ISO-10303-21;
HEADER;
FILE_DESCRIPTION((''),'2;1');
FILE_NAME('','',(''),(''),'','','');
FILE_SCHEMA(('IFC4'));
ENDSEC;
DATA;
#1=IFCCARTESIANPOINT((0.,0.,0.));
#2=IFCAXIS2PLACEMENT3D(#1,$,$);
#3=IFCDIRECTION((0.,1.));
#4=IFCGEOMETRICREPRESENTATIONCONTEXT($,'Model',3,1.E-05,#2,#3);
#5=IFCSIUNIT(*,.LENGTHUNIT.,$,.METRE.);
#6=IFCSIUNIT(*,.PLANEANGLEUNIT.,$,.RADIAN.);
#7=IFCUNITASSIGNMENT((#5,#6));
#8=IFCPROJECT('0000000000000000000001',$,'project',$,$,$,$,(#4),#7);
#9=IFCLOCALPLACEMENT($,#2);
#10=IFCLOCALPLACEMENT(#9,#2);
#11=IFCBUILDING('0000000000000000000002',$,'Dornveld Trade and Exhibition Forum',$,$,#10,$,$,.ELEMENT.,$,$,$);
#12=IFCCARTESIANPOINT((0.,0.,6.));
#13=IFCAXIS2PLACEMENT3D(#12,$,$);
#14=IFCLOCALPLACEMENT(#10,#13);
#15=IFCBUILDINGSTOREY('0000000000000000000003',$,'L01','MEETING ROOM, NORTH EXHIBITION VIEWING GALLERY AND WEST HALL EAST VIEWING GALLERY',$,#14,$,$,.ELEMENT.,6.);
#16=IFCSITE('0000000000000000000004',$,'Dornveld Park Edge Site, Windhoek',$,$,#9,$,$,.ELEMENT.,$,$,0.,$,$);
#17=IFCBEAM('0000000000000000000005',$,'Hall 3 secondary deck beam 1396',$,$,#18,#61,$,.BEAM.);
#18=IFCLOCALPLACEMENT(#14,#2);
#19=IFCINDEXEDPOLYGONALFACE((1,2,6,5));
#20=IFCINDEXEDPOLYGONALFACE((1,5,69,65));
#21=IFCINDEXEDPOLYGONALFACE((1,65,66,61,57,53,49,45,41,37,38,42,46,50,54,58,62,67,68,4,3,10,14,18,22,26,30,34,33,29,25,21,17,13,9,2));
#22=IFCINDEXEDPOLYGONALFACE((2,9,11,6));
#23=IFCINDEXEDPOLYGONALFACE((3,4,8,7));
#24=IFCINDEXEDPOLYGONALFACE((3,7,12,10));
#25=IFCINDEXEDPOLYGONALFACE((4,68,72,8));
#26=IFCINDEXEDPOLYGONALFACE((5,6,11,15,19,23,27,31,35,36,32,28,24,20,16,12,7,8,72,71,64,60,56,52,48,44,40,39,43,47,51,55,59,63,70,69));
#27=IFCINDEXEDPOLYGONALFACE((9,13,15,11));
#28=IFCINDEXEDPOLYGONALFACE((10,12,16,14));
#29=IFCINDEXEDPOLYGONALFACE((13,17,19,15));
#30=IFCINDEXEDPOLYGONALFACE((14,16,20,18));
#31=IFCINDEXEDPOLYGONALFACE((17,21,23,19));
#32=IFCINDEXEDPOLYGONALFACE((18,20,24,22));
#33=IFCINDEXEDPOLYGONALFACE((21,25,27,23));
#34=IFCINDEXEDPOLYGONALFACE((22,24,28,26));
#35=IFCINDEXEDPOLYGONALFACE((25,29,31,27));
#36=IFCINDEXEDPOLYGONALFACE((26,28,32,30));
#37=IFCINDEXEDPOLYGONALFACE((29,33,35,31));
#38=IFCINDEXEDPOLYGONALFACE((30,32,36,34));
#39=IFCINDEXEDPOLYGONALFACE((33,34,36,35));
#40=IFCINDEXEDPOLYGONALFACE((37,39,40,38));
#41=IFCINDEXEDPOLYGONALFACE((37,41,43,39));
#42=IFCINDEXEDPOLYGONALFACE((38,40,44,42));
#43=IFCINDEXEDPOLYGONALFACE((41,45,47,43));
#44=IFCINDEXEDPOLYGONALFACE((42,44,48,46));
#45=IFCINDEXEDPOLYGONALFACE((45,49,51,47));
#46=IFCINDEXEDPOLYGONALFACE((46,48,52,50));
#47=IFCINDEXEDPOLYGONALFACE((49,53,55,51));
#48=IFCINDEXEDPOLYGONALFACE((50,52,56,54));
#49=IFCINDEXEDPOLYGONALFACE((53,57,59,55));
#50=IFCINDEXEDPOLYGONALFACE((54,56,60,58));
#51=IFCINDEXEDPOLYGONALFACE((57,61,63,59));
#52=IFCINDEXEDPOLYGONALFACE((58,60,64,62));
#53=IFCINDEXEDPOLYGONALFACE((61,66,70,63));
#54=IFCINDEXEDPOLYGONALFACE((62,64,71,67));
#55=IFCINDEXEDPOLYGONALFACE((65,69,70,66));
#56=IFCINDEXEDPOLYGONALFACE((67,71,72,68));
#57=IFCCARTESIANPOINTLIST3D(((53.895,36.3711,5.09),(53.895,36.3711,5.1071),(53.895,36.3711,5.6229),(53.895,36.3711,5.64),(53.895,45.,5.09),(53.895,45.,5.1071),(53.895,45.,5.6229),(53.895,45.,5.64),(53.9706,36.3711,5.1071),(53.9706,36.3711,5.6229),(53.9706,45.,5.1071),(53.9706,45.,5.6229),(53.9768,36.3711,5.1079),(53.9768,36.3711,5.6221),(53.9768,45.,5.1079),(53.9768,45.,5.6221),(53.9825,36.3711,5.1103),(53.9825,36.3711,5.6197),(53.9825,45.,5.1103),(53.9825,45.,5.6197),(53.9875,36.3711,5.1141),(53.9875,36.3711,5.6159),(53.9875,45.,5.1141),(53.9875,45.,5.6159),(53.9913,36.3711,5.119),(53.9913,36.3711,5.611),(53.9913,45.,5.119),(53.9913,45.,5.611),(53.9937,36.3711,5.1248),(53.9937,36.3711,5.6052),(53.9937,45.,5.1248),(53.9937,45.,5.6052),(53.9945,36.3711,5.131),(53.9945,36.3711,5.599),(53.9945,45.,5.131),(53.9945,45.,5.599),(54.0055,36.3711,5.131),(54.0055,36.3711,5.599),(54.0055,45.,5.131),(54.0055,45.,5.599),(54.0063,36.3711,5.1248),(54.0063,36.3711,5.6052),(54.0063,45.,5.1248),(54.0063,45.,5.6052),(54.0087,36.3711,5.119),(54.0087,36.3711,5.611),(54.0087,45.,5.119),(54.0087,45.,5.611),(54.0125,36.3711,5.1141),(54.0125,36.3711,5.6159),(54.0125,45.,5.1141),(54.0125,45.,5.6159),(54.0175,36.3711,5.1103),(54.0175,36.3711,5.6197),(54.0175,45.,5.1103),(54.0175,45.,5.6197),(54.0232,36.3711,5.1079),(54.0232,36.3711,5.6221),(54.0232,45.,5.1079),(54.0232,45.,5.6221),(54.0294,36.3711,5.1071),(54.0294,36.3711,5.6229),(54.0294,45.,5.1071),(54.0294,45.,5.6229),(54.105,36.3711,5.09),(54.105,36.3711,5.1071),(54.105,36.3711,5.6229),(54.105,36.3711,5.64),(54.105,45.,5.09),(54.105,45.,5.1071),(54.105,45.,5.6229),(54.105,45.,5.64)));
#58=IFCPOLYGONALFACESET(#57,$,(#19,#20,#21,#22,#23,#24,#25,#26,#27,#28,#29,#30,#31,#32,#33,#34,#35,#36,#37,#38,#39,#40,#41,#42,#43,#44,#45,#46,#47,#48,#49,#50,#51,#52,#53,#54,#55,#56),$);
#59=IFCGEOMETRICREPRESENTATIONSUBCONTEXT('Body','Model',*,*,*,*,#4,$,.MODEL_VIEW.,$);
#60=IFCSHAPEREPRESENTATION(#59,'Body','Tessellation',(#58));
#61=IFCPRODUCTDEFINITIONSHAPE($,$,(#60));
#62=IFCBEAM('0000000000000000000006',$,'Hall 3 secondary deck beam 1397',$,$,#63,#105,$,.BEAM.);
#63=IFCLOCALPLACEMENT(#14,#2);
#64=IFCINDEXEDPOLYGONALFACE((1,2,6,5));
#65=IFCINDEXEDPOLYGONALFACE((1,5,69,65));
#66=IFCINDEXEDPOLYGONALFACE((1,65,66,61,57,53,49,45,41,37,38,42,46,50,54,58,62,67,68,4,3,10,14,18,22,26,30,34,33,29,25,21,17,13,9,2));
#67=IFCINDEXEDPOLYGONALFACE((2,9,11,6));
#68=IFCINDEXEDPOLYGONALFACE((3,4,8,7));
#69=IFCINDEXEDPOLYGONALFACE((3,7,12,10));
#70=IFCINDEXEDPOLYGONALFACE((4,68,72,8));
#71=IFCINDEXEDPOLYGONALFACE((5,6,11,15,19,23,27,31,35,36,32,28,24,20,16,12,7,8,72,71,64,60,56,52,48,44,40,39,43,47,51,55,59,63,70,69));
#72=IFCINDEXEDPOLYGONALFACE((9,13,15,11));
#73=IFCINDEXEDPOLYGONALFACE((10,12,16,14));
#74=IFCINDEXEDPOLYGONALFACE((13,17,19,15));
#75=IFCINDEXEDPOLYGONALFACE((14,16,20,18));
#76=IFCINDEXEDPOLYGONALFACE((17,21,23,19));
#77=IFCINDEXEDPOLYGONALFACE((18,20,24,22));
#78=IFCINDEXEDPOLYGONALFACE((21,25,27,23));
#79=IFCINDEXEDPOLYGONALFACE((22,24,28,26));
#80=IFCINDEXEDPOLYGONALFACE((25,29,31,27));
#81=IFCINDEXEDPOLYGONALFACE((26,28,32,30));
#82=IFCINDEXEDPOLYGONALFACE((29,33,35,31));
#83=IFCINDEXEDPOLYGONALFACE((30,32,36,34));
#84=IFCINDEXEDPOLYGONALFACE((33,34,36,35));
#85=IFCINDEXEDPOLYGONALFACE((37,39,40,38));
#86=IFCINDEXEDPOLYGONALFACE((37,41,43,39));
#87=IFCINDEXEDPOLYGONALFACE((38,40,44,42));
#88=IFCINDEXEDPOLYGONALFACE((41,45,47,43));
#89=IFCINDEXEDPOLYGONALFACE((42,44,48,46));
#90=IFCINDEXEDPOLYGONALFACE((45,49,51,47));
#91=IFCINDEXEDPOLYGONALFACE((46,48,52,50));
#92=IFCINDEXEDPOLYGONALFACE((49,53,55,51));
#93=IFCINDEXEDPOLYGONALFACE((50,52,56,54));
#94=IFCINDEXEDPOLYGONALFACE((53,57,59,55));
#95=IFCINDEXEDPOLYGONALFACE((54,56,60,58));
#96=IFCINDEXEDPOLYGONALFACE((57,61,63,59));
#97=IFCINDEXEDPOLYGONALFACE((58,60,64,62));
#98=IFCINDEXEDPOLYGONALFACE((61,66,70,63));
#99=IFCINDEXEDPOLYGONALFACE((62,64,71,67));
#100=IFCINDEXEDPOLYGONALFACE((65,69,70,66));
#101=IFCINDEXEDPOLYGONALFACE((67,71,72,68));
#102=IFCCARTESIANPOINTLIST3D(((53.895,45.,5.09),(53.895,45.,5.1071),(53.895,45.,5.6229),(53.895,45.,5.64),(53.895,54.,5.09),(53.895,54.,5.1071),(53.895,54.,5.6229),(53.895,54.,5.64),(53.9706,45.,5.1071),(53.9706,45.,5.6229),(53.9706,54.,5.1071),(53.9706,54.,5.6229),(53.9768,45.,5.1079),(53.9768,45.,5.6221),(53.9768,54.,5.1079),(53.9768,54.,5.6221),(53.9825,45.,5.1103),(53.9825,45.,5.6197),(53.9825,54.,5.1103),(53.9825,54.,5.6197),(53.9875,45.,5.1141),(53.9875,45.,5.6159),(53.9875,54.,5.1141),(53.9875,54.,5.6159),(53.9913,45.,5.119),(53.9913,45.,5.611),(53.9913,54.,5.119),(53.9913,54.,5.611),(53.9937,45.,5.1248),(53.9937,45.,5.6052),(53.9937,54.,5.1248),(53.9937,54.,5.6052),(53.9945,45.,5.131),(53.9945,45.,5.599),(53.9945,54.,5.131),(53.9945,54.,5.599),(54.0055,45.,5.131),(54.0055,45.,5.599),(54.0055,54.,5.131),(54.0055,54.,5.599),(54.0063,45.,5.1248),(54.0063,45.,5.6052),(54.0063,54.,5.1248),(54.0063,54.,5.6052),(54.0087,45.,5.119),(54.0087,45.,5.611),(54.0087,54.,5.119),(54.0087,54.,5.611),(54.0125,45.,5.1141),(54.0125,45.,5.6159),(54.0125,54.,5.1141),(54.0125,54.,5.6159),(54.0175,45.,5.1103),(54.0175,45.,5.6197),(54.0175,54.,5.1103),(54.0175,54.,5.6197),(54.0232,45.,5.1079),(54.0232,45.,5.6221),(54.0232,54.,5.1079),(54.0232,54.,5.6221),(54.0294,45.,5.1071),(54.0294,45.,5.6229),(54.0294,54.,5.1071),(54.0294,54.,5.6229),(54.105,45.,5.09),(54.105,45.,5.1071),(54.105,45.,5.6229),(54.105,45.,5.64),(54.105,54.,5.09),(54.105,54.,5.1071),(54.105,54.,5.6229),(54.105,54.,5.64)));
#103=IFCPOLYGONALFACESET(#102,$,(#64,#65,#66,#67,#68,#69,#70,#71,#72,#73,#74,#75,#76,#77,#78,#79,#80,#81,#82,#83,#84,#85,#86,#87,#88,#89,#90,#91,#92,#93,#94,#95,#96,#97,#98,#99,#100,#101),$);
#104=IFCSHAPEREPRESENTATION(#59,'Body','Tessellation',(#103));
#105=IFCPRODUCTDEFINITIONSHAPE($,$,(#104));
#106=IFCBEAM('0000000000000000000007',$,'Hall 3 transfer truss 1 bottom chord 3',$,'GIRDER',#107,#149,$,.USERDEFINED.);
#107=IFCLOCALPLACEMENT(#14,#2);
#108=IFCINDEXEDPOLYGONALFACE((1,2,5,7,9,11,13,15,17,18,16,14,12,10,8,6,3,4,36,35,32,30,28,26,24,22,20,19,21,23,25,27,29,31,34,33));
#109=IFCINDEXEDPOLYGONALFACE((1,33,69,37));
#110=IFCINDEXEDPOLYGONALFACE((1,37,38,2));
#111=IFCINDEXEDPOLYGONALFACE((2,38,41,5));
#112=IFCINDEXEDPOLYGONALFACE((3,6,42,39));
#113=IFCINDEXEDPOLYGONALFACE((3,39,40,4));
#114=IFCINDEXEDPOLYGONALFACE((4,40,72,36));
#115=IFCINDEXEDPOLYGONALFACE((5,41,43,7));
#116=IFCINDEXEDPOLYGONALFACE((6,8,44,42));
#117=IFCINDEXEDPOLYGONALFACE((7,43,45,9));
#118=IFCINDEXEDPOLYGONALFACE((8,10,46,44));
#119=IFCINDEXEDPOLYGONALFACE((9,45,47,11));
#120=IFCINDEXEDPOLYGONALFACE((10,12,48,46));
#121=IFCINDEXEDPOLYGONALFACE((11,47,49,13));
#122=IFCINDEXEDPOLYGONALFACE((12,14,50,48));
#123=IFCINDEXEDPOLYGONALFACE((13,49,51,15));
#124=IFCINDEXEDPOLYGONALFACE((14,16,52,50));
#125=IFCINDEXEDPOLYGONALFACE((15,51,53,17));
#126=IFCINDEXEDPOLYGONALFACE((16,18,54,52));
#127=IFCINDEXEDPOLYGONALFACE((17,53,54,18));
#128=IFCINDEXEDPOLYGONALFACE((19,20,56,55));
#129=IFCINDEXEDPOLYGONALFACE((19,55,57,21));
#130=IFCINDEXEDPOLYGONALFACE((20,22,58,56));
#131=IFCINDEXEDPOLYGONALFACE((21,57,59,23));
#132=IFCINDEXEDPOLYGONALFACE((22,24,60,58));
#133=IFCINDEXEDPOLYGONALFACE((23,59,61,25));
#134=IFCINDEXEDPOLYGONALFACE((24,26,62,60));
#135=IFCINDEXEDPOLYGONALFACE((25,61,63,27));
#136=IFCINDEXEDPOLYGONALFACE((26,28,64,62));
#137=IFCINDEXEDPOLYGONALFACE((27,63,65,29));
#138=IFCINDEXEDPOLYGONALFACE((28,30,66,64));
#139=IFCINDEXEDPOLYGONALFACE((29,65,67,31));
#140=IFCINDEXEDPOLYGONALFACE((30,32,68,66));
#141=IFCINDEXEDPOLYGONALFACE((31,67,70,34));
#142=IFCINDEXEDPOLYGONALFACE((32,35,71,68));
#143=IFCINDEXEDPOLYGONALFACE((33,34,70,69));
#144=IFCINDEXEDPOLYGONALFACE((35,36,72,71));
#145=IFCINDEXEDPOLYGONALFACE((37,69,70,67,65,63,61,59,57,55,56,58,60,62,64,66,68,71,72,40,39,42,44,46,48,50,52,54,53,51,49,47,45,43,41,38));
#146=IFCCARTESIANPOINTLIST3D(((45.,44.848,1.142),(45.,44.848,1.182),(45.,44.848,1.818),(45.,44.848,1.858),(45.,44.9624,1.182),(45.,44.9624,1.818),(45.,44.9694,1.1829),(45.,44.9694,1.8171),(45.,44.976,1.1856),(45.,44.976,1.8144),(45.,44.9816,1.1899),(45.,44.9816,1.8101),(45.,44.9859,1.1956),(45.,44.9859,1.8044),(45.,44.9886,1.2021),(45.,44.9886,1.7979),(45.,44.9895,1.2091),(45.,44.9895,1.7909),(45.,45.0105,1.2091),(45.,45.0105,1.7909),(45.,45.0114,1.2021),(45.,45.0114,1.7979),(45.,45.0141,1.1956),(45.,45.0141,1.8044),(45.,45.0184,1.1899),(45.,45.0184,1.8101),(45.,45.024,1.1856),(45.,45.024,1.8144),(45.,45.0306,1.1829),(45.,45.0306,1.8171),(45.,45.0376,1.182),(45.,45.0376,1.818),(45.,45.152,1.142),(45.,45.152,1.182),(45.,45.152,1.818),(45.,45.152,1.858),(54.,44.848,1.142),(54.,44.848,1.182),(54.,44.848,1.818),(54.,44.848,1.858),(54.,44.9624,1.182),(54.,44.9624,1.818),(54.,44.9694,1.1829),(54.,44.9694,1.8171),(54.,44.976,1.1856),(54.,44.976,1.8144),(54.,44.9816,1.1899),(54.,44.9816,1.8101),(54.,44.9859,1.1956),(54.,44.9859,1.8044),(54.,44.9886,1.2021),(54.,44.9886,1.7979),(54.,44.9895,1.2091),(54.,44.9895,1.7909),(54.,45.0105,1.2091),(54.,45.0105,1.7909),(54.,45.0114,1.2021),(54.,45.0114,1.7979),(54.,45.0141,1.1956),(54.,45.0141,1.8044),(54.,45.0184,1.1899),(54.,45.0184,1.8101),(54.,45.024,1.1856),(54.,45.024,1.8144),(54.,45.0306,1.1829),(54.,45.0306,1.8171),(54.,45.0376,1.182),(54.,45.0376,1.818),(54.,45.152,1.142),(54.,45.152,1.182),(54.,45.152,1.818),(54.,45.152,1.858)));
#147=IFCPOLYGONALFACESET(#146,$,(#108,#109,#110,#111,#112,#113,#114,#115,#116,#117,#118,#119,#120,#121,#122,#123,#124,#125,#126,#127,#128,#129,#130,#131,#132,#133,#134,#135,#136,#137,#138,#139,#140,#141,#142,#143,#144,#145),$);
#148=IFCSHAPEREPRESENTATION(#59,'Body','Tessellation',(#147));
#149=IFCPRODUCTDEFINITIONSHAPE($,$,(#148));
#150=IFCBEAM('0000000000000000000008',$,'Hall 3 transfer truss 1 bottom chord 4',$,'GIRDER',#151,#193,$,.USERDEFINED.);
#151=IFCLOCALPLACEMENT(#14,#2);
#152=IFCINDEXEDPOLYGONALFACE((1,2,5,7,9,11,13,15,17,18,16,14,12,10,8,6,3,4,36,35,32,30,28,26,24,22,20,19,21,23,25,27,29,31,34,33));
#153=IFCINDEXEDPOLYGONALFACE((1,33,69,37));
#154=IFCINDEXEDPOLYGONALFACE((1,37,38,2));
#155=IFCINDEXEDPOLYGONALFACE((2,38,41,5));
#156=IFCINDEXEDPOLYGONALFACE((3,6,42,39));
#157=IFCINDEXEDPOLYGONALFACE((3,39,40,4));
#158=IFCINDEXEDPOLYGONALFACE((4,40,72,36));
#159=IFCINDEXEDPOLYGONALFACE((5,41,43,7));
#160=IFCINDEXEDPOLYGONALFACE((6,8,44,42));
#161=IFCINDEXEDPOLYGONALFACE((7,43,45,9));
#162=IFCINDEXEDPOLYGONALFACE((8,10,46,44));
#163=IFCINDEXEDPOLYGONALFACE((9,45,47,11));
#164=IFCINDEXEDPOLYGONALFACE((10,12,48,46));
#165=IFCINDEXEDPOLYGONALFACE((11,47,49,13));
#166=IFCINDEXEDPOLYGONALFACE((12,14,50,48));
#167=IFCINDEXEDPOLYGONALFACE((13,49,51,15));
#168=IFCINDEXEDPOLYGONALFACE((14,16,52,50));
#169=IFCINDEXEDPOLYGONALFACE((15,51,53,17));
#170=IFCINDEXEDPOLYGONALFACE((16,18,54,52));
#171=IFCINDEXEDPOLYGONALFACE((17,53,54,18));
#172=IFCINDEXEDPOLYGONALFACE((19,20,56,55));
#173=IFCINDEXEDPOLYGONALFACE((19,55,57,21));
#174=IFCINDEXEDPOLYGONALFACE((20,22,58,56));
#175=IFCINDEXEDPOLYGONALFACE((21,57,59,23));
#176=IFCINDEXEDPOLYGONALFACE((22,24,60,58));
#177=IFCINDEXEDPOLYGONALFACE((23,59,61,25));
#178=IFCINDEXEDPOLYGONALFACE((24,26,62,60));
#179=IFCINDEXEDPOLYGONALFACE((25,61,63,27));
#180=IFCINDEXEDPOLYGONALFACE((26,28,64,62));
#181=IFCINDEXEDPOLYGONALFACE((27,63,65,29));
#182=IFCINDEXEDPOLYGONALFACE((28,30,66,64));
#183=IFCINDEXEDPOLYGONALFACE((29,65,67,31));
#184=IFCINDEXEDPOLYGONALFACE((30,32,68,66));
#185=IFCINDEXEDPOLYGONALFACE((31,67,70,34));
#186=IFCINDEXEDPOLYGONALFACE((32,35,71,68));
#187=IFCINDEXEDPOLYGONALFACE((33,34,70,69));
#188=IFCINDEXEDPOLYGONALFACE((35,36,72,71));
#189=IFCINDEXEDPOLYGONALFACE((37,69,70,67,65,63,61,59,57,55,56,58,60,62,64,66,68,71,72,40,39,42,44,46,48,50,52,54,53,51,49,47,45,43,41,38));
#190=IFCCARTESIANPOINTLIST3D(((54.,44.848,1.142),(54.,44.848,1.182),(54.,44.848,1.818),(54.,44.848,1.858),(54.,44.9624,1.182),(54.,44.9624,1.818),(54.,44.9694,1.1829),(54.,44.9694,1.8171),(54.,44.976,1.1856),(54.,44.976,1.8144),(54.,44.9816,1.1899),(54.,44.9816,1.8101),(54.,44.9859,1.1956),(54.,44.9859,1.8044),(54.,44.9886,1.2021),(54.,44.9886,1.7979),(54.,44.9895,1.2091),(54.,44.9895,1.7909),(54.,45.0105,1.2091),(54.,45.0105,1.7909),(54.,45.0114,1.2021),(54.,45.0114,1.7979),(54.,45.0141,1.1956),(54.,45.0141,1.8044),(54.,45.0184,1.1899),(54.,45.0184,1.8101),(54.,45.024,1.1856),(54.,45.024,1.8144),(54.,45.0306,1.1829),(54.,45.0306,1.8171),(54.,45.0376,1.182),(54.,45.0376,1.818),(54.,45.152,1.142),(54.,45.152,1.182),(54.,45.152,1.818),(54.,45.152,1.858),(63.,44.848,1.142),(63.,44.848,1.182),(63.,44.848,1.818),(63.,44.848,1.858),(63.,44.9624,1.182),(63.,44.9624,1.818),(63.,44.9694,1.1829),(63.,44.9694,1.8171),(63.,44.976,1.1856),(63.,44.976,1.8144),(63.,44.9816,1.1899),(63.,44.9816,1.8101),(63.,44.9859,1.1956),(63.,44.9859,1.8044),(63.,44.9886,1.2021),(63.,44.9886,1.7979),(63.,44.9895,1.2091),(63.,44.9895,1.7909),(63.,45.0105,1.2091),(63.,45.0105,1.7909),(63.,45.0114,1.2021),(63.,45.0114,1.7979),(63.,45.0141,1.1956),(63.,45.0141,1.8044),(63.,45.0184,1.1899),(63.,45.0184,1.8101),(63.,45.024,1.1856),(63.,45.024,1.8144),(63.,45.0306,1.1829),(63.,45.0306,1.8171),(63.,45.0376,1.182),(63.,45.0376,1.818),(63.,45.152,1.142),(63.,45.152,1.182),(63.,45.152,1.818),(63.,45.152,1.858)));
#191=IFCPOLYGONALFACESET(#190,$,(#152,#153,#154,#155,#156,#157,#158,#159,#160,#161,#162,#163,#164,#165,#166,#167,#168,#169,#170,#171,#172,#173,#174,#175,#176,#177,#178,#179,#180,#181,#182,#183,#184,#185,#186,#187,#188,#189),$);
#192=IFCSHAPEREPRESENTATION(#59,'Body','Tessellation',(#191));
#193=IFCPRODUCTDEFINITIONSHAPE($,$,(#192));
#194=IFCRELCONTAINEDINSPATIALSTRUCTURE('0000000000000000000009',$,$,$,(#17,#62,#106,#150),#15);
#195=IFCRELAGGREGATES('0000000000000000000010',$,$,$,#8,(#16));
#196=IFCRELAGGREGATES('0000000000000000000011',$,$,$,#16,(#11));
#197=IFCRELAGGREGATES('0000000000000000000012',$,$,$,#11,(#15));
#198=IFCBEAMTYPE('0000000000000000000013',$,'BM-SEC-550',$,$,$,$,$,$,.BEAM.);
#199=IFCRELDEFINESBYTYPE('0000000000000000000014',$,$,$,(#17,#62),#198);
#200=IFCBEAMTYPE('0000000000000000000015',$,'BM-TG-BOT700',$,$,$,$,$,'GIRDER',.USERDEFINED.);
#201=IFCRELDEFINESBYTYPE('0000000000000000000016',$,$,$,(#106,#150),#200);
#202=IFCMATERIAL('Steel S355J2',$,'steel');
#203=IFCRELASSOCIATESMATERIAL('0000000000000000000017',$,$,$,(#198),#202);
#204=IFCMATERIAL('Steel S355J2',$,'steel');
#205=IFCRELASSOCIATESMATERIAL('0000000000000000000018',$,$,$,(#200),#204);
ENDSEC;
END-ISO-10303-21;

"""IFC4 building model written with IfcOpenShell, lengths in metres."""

from ifc_helpers import new_model, si_unit, direction, frame, origin, origin_2d, place, context, subcontext, project, spatial, i_section, extrude, material, material_profile, profile_set, type_object, element, save


model = new_model("IFC4")

# Units and contexts
model_context = context("Model", 3, precision=1e-05, world=origin(), true_north=direction((0.0, 1.0)))
body_context = subcontext(model_context, "Body", "Model", "MODEL_VIEW")
ifc_project = project(units=[si_unit("LENGTHUNIT", "METRE"), si_unit("PLANEANGLEUNIT", "RADIAN")], contexts=[model_context])

# Site, building, storey
site_placement = place(None, origin())
site = spatial("IfcSite", under=ifc_project, at=site_placement, Name="Dornveld Park Edge Site, Windhoek", CompositionType="ELEMENT", RefElevation=0.0)
building_placement = place(site_placement, origin())
building = spatial("IfcBuilding", under=site, at=building_placement, Name="Dornveld Trade and Exhibition Forum", CompositionType="ELEMENT")
storey_placement = place(building_placement, frame((0.0, 0.0, 6.0)))
storey = spatial("IfcBuildingStorey", under=building, at=storey_placement, Name="L01", Description="MEETING ROOM, NORTH EXHIBITION VIEWING GALLERY AND WEST HALL EAST VIEWING GALLERY", CompositionType="ELEMENT", Elevation=6.0)

# Beams
ifc_material_1 = material(Name="Steel S355J2", Category="steel")
ifc_material_profile_1 = material_profile(ifc_material_1, i_section(OverallWidth=0.21, OverallDepth=0.55, WebThickness=0.011, FlangeThickness=0.0171, FilletRadius=0.0239, at=origin_2d()), Name="IPE 550")
ifc_profile_set_1 = profile_set([ifc_material_profile_1], Name="Steel S355J2")
beam_type_1 = type_object("IfcBeamType", Name="BM-SEC-550", PredefinedType="BEAM", material=ifc_profile_set_1)
beam_1_placement = place(storey_placement, frame((54.0, 36.3711, 5.365), z_axis=(0.0, 1.0, 0.0), x_axis=(-1.0, 0.0, 0.0)))
element("IfcBeam", 1, at=beam_1_placement, inside=storey, type_object=beam_type_1, Name="Hall 3 secondary deck beam 1396", PredefinedType="BEAM", context=body_context, shape_type="SweptSolid", body=[
    extrude(i_section(OverallWidth=0.21, OverallDepth=0.55, WebThickness=0.011, FlangeThickness=0.0171, FilletRadius=0.0239, at=origin_2d()), origin(), (0.0, 0.0, 1.0), 8.6289),
])
beam_2_placement = place(storey_placement, frame((54.0, 45.0, 5.365), z_axis=(0.0, 1.0, 0.0), x_axis=(-1.0, 0.0, 0.0)))
element("IfcBeam", 2, at=beam_2_placement, inside=storey, type_object=beam_type_1, Name="Hall 3 secondary deck beam 1397", PredefinedType="BEAM", context=body_context, shape_type="SweptSolid", body=[
    extrude(i_section(OverallWidth=0.21, OverallDepth=0.55, WebThickness=0.011, FlangeThickness=0.0171, FilletRadius=0.0239, at=origin_2d()), origin(), (0.0, 0.0, 1.0), 9.0),
])
ifc_material_2 = material(Name="Steel S355J2", Category="steel")
ifc_material_profile_2 = material_profile(ifc_material_2, i_section(OverallWidth=0.304, OverallDepth=0.7161, WebThickness=0.021, FlangeThickness=0.04, FilletRadius=0.0271, at=origin_2d()), Name="HEM 700")
ifc_profile_set_2 = profile_set([ifc_material_profile_2], Name="Steel S355J2")
beam_type_2 = type_object("IfcBeamType", Name="BM-TG-BOT700", ElementType="GIRDER", PredefinedType="USERDEFINED", material=ifc_profile_set_2)
for number, where, z_axis, x_axis, name in (
    (3, (45.0, 45.0, 1.5), (1.0, 0.0, 0.0), (0.0, 1.0, 0.0), "Hall 3 transfer truss 1 bottom chord 3"),
    (4, (54.0, 45.0, 1.5), (1.0, 0.0, 0.0), (0.0, 1.0, 0.0), "Hall 3 transfer truss 1 bottom chord 4"),
):
    element("IfcBeam", number, at=place(storey_placement, frame(where, z_axis=z_axis, x_axis=x_axis)), inside=storey, type_object=beam_type_2, Name=name, ObjectType="GIRDER", PredefinedType="USERDEFINED", context=body_context, shape_type="SweptSolid", body=[
        extrude(i_section(OverallWidth=0.304, OverallDepth=0.7161, WebThickness=0.021, FlangeThickness=0.04, FilletRadius=0.0271, at=origin_2d()), origin(), (0.0, 0.0, 1.0), 9.0),
    ])

save(model, "model.ifc")
